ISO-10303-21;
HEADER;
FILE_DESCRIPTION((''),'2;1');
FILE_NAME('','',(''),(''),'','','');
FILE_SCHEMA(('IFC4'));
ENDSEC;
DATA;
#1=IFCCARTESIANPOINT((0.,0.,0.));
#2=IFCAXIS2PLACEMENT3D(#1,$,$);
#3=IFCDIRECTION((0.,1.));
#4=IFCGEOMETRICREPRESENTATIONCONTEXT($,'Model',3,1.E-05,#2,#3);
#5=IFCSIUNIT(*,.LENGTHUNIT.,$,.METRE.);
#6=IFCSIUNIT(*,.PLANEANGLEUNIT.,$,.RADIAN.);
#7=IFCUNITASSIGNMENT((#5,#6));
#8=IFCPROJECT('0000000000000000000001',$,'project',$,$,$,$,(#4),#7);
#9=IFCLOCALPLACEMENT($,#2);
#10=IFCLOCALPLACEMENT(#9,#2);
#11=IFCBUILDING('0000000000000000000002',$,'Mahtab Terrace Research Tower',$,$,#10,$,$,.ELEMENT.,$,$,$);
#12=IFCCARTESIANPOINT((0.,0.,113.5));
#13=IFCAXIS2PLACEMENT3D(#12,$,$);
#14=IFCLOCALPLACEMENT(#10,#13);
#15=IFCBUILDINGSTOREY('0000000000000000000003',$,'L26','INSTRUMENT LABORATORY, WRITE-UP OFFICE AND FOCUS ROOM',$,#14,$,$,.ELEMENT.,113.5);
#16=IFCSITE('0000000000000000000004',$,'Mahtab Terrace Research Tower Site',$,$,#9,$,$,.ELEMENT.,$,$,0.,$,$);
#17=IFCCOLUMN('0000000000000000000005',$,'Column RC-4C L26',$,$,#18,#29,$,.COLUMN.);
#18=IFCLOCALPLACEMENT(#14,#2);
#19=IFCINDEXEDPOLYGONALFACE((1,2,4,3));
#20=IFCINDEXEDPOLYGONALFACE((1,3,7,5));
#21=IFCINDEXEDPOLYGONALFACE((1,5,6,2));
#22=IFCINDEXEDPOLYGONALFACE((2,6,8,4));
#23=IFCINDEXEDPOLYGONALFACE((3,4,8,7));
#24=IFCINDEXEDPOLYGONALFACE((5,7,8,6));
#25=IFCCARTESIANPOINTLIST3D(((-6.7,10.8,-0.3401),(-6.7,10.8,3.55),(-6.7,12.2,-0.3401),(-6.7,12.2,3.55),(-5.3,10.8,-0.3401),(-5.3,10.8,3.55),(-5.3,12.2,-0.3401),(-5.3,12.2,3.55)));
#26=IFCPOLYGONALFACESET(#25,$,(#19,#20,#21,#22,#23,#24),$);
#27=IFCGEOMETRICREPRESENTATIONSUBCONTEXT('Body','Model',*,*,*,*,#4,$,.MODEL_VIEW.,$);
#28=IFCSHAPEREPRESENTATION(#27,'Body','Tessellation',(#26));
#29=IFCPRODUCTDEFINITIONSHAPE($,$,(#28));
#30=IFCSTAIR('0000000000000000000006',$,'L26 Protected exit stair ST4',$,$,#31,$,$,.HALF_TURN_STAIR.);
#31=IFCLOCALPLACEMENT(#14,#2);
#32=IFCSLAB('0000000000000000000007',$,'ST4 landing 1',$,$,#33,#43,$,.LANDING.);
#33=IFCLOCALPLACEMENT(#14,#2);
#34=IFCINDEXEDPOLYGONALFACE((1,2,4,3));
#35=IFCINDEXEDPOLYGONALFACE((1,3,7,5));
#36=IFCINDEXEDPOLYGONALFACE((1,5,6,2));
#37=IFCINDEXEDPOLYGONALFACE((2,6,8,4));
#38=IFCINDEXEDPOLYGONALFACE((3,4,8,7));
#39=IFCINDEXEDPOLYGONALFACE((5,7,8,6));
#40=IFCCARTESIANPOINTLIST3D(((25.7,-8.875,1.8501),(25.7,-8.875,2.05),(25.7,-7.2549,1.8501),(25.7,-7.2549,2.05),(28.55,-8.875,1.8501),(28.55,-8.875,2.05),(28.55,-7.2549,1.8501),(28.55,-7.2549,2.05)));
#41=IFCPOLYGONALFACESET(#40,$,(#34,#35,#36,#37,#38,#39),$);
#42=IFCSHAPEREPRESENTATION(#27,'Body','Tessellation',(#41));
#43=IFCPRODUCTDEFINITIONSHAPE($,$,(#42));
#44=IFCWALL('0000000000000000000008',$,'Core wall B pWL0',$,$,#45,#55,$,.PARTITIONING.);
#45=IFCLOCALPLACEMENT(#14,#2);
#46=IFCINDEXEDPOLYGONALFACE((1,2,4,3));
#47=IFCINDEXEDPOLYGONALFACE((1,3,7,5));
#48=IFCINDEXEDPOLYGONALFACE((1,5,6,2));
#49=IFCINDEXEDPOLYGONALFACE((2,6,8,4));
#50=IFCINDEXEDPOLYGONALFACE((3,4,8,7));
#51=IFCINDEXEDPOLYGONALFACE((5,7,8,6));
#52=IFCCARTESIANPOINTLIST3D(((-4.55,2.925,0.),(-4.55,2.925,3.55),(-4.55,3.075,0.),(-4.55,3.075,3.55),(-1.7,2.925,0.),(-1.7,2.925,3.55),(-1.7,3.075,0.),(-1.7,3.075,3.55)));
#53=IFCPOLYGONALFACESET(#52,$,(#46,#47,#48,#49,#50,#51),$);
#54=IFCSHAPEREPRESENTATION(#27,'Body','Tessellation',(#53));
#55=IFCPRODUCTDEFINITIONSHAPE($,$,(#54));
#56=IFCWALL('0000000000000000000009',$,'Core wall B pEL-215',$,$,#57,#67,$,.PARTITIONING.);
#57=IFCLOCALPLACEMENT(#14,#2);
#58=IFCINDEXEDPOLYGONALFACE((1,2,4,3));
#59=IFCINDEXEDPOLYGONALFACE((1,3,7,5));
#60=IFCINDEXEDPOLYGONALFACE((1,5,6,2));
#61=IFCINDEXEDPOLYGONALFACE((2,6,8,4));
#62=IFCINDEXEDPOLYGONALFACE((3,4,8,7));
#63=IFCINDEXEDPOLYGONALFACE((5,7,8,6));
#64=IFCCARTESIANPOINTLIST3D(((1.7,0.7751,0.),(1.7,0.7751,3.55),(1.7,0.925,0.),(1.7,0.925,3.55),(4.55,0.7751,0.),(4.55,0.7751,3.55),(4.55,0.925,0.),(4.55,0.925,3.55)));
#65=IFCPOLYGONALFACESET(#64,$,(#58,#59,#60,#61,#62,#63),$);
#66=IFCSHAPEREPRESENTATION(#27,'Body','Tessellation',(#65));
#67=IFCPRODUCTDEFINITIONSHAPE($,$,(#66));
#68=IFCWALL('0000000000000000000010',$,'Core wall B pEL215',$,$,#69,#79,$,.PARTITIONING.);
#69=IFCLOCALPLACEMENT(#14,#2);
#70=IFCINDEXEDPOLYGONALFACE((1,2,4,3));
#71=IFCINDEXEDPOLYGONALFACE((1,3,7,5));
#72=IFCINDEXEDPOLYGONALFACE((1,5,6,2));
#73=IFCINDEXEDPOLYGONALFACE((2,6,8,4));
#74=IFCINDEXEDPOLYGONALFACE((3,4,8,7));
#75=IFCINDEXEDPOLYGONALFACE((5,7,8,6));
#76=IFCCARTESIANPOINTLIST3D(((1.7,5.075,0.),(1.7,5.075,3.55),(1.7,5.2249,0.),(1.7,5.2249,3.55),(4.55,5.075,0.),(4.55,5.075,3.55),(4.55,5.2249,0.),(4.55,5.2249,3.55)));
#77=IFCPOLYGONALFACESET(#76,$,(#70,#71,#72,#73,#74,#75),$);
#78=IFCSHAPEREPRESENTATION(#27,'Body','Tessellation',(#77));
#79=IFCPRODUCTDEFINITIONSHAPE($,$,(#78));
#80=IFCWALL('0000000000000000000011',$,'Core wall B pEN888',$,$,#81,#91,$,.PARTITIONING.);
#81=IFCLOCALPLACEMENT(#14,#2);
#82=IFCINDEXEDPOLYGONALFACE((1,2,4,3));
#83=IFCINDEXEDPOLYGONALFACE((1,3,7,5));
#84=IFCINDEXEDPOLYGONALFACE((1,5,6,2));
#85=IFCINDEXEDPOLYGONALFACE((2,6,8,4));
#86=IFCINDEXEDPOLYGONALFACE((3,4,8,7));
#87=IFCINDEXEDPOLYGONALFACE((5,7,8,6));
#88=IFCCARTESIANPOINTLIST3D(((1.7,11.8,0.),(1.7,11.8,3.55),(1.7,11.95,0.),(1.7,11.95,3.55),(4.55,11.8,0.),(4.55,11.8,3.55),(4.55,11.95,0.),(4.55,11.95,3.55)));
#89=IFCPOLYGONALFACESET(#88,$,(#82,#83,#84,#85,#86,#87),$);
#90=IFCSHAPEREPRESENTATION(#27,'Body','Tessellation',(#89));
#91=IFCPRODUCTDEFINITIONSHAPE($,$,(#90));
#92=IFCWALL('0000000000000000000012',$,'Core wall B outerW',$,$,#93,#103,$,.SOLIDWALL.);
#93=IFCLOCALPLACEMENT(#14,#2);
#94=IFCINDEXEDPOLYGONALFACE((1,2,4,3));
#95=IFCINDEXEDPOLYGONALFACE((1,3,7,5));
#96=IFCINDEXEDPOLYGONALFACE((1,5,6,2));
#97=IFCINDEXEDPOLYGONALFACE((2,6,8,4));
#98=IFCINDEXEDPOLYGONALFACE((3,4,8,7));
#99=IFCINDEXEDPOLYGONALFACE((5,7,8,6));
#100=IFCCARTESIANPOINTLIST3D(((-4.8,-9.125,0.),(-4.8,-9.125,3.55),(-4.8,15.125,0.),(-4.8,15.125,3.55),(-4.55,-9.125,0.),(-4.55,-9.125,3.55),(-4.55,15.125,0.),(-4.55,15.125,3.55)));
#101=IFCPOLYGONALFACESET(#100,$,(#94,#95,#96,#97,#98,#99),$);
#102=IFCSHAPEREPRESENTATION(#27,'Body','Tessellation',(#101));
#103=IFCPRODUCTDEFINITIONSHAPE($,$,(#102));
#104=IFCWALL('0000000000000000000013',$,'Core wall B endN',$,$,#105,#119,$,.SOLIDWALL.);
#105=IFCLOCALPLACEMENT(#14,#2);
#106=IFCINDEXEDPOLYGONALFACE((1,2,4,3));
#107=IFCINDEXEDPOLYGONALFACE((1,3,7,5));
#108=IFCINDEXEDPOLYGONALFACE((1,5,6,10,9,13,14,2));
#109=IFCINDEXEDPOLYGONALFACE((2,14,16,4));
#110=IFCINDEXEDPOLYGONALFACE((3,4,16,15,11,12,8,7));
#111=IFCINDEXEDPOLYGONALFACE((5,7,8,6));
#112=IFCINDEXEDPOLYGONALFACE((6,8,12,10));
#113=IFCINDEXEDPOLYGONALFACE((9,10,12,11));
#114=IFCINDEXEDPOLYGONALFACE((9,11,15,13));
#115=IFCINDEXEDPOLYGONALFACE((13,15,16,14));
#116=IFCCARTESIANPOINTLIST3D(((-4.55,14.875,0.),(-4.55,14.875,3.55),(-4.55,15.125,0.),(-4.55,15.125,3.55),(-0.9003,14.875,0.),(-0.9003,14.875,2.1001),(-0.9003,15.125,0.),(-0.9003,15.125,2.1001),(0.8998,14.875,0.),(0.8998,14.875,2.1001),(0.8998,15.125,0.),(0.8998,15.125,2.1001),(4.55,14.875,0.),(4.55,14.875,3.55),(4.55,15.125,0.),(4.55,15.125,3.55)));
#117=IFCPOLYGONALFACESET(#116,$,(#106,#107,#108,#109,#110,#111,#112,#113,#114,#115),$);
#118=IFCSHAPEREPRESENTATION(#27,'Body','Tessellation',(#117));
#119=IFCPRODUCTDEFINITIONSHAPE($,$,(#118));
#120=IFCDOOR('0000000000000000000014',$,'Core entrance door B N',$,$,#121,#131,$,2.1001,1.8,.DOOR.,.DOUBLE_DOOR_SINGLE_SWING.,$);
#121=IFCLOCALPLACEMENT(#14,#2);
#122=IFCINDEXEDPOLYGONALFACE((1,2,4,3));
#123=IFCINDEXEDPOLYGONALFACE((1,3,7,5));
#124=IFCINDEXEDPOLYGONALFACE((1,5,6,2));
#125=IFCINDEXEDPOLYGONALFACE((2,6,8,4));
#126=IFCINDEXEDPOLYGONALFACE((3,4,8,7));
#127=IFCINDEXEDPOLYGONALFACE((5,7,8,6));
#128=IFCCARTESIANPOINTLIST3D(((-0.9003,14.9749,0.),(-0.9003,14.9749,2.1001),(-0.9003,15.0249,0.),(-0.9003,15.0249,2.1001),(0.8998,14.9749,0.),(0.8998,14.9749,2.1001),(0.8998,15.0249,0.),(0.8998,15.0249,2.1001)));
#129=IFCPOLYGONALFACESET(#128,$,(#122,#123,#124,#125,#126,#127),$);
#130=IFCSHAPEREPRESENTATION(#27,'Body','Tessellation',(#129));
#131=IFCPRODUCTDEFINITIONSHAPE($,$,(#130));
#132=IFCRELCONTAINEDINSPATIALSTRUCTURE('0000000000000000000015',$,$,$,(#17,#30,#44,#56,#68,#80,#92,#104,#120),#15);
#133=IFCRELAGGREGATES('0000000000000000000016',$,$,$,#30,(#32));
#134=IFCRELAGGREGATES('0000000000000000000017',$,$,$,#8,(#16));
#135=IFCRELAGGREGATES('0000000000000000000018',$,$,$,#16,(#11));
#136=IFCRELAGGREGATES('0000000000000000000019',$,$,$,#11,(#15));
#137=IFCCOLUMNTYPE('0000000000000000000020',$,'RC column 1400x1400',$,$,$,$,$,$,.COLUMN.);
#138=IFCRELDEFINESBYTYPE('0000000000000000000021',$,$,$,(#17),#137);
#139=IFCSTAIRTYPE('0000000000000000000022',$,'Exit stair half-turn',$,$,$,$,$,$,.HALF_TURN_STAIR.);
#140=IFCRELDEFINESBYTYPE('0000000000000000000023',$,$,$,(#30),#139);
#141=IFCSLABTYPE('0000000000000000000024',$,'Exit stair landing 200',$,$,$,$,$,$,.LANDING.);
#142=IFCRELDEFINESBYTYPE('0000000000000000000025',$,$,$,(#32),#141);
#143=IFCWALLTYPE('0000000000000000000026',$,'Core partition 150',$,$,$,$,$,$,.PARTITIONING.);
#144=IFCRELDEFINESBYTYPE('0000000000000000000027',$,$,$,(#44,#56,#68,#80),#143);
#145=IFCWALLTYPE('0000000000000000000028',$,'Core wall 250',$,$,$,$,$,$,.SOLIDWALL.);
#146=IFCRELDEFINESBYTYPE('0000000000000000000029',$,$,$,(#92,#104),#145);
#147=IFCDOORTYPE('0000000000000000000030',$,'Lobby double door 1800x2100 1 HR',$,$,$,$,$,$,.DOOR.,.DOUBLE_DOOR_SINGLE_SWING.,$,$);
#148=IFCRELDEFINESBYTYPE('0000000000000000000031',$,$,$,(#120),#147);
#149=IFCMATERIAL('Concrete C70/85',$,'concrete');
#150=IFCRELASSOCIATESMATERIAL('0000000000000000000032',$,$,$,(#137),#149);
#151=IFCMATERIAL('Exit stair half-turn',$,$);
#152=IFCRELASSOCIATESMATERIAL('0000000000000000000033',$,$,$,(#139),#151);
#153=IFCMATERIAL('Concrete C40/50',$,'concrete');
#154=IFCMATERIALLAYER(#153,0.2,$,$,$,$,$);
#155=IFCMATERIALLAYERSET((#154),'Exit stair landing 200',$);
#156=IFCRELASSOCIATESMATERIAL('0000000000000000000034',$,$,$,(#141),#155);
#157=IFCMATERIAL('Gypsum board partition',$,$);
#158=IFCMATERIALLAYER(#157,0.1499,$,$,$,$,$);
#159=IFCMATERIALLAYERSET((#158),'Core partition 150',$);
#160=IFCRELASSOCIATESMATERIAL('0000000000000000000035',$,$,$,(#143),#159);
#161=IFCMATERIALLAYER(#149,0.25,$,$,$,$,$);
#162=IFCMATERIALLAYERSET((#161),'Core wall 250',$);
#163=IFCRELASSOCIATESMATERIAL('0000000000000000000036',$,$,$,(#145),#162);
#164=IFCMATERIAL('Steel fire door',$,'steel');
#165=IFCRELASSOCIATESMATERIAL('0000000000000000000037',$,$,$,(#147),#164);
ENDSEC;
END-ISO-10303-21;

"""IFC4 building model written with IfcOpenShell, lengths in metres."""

from ifc_helpers import new_model, si_unit, direction, frame, frame_2d, origin, origin_2d, place, context, subcontext, project, spatial, polyline, rectangle, outline, extrude, material, layer, layer_set, material_profile, profile_set, type_object, element, fill, aggregate, save


model = new_model("IFC4")

# Units and contexts
model_context = context("Model", 3, precision=1e-05, world=origin(), true_north=direction((0.0, 1.0)))
body_context = subcontext(model_context, "Body", "Model", "MODEL_VIEW")
ifc_project = project(units=[si_unit("LENGTHUNIT", "METRE"), si_unit("PLANEANGLEUNIT", "RADIAN")], contexts=[model_context])

# Site, building, storey
site_placement = place(None, origin())
site = spatial("IfcSite", under=ifc_project, at=site_placement, Name="Mahtab Terrace Research Tower Site", CompositionType="ELEMENT", RefElevation=0.0)
building_placement = place(site_placement, origin())
building = spatial("IfcBuilding", under=site, at=building_placement, Name="Mahtab Terrace Research Tower", CompositionType="ELEMENT")
storey_placement = place(building_placement, frame((0.0, 0.0, 113.5)))
storey = spatial("IfcBuildingStorey", under=building, at=storey_placement, Name="L26", Description="INSTRUMENT LABORATORY, WRITE-UP OFFICE AND FOCUS ROOM", CompositionType="ELEMENT", Elevation=113.5)

# Column
ifc_material_1 = material(Name="Concrete C70/85", Category="concrete")
ifc_material_profile = material_profile(ifc_material_1, rectangle(XDim=1.3999, YDim=1.3999, at=origin_2d()), Name="RC column 1400x1400")
ifc_profile_set = profile_set([ifc_material_profile], Name="Concrete C70/85")
column_type = type_object("IfcColumnType", Name="RC column 1400x1400", PredefinedType="COLUMN", material=ifc_profile_set)
column_placement = place(storey_placement, frame((-6.0, 11.5, -0.3401), z_axis=(0.0, 0.0, 1.0), x_axis=(1.0, 0.0, 0.0)))
element("IfcColumn", 1, at=column_placement, inside=storey, type_object=column_type, Name="Column RC-4C L26", PredefinedType="COLUMN", context=body_context, shape_type="SweptSolid", body=[
    extrude(rectangle(XDim=1.3999, YDim=1.3999, at=origin_2d()), origin(), (0.0, 0.0, 1.0), 3.8901),
])

# Stair, slab
ifc_material_2 = material(Name="Exit stair half-turn")
stair_type = type_object("IfcStairType", Name="Exit stair half-turn", PredefinedType="HALF_TURN_STAIR", material=ifc_material_2)
stair_placement = place(storey_placement, origin())
stair = element("IfcStair", 2, at=stair_placement, inside=storey, type_object=stair_type, Name="L26 Protected exit stair ST4", PredefinedType="HALF_TURN_STAIR")
ifc_material_3 = material(Name="Concrete C40/50", Category="concrete")
ifc_layer_1 = layer(ifc_material_3, 0.2)
ifc_layer_set_1 = layer_set([ifc_layer_1], Name="Exit stair landing 200")
slab_type = type_object("IfcSlabType", Name="Exit stair landing 200", PredefinedType="LANDING", material=ifc_layer_set_1)
slab_placement = place(storey_placement, frame((0.0, 0.0, 1.8501)))
slab = element("IfcSlab", 3, at=slab_placement, type_object=slab_type, Name="ST4 landing 1", PredefinedType="LANDING", context=body_context, shape_type="SweptSolid", body=[
    extrude(outline(polyline([(25.7, -7.2549), (25.7, -8.875), (28.55, -8.875), (28.55, -7.2549), (25.7, -7.2549)])), origin(), (0.0, 0.0, 1.0), 0.2),
])
aggregate(stair, [slab])

# Walls
ifc_material_4 = material(Name="Gypsum board partition")
ifc_layer_2 = layer(ifc_material_4, 0.1499)
ifc_layer_set_2 = layer_set([ifc_layer_2], Name="Core partition 150")
wall_type_1 = type_object("IfcWallType", Name="Core partition 150", PredefinedType="PARTITIONING", material=ifc_layer_set_2)
for number, where, z_axis, x_axis, name in (
    (4, (-4.55, 3.0, 0.0), (0.0, 0.0, 1.0), (1.0, 0.0, 0.0), "Core wall B pWL0"),
    (5, (1.7, 0.8501, 0.0), (0.0, 0.0, 1.0), (1.0, 0.0, 0.0), "Core wall B pEL-215"),
    (6, (1.7, 5.1499, 0.0), (0.0, 0.0, 1.0), (1.0, 0.0, 0.0), "Core wall B pEL215"),
    (7, (1.7, 11.875, 0.0), (0.0, 0.0, 1.0), (1.0, 0.0, 0.0), "Core wall B pEN888"),
):
    element("IfcWall", number, at=place(storey_placement, frame(where, z_axis=z_axis, x_axis=x_axis)), inside=storey, type_object=wall_type_1, Name=name, PredefinedType="PARTITIONING", context=body_context, shape_type="SweptSolid", body=[
        extrude(rectangle(XDim=2.8501, YDim=0.1499, at=frame_2d((1.425, 0.0))), origin(), (0.0, 0.0, 1.0), 3.55),
    ])
ifc_layer_3 = layer(ifc_material_1, 0.25)
ifc_layer_set_3 = layer_set([ifc_layer_3], Name="Core wall 250")
wall_type_2 = type_object("IfcWallType", Name="Core wall 250", PredefinedType="SOLIDWALL", material=ifc_layer_set_3)
wall_1_placement = place(storey_placement, frame((-4.675, 15.125, 0.0), z_axis=(0.0, 0.0, 1.0), x_axis=(0.0, -1.0, 0.0)))
element("IfcWall", 8, at=wall_1_placement, inside=storey, type_object=wall_type_2, Name="Core wall B outerW", PredefinedType="SOLIDWALL", context=body_context, shape_type="SweptSolid", body=[
    extrude(rectangle(XDim=24.25, YDim=0.25, at=frame_2d((12.125, 0.0))), origin(), (0.0, 0.0, 1.0), 3.55),
])

# Wall, opening, door
wall_2_placement = place(storey_placement, frame((-4.55, 15.0, 0.0), z_axis=(0.0, 0.0, 1.0), x_axis=(1.0, 0.0, 0.0)))
wall_2 = element("IfcWall", 9, at=wall_2_placement, inside=storey, type_object=wall_type_2, Name="Core wall B endN", PredefinedType="SOLIDWALL", context=body_context, shape_type="SweptSolid", body=[
    extrude(rectangle(XDim=9.1001, YDim=0.25, at=frame_2d((4.55, 0.0))), origin(), (0.0, 0.0, 1.0), 3.55),
])
opening_1_placement = place(wall_2_placement, frame((3.6499, 0.0, 0.0)))
opening_1 = element("IfcOpeningElement", 10, at=opening_1_placement, cuts=wall_2, PredefinedType="OPENING", context=body_context, shape_type="SweptSolid", body=[
    extrude(rectangle(XDim=1.8, YDim=2.1001, at=frame_2d((0.8999, 1.05))), frame((0.0, 0.135, 0.0), z_axis=(0.0, -1.0, 0.0), x_axis=(1.0, 0.0, 0.0)), (0.0, 0.0, 1.0), 0.27),
])
ifc_material_5 = material(Name="Steel fire door", Category="steel")
door_type_1 = type_object("IfcDoorType", Name="Lobby double door 1800x2100 1 HR", OperationType="DOUBLE_DOOR_SINGLE_SWING", PredefinedType="DOOR", material=ifc_material_5)
door_1_placement = place(opening_1_placement, origin())
door_1 = element("IfcDoor", 11, at=door_1_placement, inside=storey, type_object=door_type_1, Name="Core entrance door B N", OperationType="DOUBLE_DOOR_SINGLE_SWING", OverallHeight=2.1001, OverallWidth=1.8, PredefinedType="DOOR", context=body_context, shape_type="SweptSolid", body=[
    extrude(rectangle(XDim=1.8, YDim=2.1001, at=frame_2d((0.8999, 1.05))), frame((0.0, 0.0249, 0.0), z_axis=(0.0, -1.0, 0.0), x_axis=(1.0, 0.0, 0.0)), (0.0, 0.0, 1.0), 0.05),
])
fill(opening_1, door_1)

save(model, "model.ifc")
